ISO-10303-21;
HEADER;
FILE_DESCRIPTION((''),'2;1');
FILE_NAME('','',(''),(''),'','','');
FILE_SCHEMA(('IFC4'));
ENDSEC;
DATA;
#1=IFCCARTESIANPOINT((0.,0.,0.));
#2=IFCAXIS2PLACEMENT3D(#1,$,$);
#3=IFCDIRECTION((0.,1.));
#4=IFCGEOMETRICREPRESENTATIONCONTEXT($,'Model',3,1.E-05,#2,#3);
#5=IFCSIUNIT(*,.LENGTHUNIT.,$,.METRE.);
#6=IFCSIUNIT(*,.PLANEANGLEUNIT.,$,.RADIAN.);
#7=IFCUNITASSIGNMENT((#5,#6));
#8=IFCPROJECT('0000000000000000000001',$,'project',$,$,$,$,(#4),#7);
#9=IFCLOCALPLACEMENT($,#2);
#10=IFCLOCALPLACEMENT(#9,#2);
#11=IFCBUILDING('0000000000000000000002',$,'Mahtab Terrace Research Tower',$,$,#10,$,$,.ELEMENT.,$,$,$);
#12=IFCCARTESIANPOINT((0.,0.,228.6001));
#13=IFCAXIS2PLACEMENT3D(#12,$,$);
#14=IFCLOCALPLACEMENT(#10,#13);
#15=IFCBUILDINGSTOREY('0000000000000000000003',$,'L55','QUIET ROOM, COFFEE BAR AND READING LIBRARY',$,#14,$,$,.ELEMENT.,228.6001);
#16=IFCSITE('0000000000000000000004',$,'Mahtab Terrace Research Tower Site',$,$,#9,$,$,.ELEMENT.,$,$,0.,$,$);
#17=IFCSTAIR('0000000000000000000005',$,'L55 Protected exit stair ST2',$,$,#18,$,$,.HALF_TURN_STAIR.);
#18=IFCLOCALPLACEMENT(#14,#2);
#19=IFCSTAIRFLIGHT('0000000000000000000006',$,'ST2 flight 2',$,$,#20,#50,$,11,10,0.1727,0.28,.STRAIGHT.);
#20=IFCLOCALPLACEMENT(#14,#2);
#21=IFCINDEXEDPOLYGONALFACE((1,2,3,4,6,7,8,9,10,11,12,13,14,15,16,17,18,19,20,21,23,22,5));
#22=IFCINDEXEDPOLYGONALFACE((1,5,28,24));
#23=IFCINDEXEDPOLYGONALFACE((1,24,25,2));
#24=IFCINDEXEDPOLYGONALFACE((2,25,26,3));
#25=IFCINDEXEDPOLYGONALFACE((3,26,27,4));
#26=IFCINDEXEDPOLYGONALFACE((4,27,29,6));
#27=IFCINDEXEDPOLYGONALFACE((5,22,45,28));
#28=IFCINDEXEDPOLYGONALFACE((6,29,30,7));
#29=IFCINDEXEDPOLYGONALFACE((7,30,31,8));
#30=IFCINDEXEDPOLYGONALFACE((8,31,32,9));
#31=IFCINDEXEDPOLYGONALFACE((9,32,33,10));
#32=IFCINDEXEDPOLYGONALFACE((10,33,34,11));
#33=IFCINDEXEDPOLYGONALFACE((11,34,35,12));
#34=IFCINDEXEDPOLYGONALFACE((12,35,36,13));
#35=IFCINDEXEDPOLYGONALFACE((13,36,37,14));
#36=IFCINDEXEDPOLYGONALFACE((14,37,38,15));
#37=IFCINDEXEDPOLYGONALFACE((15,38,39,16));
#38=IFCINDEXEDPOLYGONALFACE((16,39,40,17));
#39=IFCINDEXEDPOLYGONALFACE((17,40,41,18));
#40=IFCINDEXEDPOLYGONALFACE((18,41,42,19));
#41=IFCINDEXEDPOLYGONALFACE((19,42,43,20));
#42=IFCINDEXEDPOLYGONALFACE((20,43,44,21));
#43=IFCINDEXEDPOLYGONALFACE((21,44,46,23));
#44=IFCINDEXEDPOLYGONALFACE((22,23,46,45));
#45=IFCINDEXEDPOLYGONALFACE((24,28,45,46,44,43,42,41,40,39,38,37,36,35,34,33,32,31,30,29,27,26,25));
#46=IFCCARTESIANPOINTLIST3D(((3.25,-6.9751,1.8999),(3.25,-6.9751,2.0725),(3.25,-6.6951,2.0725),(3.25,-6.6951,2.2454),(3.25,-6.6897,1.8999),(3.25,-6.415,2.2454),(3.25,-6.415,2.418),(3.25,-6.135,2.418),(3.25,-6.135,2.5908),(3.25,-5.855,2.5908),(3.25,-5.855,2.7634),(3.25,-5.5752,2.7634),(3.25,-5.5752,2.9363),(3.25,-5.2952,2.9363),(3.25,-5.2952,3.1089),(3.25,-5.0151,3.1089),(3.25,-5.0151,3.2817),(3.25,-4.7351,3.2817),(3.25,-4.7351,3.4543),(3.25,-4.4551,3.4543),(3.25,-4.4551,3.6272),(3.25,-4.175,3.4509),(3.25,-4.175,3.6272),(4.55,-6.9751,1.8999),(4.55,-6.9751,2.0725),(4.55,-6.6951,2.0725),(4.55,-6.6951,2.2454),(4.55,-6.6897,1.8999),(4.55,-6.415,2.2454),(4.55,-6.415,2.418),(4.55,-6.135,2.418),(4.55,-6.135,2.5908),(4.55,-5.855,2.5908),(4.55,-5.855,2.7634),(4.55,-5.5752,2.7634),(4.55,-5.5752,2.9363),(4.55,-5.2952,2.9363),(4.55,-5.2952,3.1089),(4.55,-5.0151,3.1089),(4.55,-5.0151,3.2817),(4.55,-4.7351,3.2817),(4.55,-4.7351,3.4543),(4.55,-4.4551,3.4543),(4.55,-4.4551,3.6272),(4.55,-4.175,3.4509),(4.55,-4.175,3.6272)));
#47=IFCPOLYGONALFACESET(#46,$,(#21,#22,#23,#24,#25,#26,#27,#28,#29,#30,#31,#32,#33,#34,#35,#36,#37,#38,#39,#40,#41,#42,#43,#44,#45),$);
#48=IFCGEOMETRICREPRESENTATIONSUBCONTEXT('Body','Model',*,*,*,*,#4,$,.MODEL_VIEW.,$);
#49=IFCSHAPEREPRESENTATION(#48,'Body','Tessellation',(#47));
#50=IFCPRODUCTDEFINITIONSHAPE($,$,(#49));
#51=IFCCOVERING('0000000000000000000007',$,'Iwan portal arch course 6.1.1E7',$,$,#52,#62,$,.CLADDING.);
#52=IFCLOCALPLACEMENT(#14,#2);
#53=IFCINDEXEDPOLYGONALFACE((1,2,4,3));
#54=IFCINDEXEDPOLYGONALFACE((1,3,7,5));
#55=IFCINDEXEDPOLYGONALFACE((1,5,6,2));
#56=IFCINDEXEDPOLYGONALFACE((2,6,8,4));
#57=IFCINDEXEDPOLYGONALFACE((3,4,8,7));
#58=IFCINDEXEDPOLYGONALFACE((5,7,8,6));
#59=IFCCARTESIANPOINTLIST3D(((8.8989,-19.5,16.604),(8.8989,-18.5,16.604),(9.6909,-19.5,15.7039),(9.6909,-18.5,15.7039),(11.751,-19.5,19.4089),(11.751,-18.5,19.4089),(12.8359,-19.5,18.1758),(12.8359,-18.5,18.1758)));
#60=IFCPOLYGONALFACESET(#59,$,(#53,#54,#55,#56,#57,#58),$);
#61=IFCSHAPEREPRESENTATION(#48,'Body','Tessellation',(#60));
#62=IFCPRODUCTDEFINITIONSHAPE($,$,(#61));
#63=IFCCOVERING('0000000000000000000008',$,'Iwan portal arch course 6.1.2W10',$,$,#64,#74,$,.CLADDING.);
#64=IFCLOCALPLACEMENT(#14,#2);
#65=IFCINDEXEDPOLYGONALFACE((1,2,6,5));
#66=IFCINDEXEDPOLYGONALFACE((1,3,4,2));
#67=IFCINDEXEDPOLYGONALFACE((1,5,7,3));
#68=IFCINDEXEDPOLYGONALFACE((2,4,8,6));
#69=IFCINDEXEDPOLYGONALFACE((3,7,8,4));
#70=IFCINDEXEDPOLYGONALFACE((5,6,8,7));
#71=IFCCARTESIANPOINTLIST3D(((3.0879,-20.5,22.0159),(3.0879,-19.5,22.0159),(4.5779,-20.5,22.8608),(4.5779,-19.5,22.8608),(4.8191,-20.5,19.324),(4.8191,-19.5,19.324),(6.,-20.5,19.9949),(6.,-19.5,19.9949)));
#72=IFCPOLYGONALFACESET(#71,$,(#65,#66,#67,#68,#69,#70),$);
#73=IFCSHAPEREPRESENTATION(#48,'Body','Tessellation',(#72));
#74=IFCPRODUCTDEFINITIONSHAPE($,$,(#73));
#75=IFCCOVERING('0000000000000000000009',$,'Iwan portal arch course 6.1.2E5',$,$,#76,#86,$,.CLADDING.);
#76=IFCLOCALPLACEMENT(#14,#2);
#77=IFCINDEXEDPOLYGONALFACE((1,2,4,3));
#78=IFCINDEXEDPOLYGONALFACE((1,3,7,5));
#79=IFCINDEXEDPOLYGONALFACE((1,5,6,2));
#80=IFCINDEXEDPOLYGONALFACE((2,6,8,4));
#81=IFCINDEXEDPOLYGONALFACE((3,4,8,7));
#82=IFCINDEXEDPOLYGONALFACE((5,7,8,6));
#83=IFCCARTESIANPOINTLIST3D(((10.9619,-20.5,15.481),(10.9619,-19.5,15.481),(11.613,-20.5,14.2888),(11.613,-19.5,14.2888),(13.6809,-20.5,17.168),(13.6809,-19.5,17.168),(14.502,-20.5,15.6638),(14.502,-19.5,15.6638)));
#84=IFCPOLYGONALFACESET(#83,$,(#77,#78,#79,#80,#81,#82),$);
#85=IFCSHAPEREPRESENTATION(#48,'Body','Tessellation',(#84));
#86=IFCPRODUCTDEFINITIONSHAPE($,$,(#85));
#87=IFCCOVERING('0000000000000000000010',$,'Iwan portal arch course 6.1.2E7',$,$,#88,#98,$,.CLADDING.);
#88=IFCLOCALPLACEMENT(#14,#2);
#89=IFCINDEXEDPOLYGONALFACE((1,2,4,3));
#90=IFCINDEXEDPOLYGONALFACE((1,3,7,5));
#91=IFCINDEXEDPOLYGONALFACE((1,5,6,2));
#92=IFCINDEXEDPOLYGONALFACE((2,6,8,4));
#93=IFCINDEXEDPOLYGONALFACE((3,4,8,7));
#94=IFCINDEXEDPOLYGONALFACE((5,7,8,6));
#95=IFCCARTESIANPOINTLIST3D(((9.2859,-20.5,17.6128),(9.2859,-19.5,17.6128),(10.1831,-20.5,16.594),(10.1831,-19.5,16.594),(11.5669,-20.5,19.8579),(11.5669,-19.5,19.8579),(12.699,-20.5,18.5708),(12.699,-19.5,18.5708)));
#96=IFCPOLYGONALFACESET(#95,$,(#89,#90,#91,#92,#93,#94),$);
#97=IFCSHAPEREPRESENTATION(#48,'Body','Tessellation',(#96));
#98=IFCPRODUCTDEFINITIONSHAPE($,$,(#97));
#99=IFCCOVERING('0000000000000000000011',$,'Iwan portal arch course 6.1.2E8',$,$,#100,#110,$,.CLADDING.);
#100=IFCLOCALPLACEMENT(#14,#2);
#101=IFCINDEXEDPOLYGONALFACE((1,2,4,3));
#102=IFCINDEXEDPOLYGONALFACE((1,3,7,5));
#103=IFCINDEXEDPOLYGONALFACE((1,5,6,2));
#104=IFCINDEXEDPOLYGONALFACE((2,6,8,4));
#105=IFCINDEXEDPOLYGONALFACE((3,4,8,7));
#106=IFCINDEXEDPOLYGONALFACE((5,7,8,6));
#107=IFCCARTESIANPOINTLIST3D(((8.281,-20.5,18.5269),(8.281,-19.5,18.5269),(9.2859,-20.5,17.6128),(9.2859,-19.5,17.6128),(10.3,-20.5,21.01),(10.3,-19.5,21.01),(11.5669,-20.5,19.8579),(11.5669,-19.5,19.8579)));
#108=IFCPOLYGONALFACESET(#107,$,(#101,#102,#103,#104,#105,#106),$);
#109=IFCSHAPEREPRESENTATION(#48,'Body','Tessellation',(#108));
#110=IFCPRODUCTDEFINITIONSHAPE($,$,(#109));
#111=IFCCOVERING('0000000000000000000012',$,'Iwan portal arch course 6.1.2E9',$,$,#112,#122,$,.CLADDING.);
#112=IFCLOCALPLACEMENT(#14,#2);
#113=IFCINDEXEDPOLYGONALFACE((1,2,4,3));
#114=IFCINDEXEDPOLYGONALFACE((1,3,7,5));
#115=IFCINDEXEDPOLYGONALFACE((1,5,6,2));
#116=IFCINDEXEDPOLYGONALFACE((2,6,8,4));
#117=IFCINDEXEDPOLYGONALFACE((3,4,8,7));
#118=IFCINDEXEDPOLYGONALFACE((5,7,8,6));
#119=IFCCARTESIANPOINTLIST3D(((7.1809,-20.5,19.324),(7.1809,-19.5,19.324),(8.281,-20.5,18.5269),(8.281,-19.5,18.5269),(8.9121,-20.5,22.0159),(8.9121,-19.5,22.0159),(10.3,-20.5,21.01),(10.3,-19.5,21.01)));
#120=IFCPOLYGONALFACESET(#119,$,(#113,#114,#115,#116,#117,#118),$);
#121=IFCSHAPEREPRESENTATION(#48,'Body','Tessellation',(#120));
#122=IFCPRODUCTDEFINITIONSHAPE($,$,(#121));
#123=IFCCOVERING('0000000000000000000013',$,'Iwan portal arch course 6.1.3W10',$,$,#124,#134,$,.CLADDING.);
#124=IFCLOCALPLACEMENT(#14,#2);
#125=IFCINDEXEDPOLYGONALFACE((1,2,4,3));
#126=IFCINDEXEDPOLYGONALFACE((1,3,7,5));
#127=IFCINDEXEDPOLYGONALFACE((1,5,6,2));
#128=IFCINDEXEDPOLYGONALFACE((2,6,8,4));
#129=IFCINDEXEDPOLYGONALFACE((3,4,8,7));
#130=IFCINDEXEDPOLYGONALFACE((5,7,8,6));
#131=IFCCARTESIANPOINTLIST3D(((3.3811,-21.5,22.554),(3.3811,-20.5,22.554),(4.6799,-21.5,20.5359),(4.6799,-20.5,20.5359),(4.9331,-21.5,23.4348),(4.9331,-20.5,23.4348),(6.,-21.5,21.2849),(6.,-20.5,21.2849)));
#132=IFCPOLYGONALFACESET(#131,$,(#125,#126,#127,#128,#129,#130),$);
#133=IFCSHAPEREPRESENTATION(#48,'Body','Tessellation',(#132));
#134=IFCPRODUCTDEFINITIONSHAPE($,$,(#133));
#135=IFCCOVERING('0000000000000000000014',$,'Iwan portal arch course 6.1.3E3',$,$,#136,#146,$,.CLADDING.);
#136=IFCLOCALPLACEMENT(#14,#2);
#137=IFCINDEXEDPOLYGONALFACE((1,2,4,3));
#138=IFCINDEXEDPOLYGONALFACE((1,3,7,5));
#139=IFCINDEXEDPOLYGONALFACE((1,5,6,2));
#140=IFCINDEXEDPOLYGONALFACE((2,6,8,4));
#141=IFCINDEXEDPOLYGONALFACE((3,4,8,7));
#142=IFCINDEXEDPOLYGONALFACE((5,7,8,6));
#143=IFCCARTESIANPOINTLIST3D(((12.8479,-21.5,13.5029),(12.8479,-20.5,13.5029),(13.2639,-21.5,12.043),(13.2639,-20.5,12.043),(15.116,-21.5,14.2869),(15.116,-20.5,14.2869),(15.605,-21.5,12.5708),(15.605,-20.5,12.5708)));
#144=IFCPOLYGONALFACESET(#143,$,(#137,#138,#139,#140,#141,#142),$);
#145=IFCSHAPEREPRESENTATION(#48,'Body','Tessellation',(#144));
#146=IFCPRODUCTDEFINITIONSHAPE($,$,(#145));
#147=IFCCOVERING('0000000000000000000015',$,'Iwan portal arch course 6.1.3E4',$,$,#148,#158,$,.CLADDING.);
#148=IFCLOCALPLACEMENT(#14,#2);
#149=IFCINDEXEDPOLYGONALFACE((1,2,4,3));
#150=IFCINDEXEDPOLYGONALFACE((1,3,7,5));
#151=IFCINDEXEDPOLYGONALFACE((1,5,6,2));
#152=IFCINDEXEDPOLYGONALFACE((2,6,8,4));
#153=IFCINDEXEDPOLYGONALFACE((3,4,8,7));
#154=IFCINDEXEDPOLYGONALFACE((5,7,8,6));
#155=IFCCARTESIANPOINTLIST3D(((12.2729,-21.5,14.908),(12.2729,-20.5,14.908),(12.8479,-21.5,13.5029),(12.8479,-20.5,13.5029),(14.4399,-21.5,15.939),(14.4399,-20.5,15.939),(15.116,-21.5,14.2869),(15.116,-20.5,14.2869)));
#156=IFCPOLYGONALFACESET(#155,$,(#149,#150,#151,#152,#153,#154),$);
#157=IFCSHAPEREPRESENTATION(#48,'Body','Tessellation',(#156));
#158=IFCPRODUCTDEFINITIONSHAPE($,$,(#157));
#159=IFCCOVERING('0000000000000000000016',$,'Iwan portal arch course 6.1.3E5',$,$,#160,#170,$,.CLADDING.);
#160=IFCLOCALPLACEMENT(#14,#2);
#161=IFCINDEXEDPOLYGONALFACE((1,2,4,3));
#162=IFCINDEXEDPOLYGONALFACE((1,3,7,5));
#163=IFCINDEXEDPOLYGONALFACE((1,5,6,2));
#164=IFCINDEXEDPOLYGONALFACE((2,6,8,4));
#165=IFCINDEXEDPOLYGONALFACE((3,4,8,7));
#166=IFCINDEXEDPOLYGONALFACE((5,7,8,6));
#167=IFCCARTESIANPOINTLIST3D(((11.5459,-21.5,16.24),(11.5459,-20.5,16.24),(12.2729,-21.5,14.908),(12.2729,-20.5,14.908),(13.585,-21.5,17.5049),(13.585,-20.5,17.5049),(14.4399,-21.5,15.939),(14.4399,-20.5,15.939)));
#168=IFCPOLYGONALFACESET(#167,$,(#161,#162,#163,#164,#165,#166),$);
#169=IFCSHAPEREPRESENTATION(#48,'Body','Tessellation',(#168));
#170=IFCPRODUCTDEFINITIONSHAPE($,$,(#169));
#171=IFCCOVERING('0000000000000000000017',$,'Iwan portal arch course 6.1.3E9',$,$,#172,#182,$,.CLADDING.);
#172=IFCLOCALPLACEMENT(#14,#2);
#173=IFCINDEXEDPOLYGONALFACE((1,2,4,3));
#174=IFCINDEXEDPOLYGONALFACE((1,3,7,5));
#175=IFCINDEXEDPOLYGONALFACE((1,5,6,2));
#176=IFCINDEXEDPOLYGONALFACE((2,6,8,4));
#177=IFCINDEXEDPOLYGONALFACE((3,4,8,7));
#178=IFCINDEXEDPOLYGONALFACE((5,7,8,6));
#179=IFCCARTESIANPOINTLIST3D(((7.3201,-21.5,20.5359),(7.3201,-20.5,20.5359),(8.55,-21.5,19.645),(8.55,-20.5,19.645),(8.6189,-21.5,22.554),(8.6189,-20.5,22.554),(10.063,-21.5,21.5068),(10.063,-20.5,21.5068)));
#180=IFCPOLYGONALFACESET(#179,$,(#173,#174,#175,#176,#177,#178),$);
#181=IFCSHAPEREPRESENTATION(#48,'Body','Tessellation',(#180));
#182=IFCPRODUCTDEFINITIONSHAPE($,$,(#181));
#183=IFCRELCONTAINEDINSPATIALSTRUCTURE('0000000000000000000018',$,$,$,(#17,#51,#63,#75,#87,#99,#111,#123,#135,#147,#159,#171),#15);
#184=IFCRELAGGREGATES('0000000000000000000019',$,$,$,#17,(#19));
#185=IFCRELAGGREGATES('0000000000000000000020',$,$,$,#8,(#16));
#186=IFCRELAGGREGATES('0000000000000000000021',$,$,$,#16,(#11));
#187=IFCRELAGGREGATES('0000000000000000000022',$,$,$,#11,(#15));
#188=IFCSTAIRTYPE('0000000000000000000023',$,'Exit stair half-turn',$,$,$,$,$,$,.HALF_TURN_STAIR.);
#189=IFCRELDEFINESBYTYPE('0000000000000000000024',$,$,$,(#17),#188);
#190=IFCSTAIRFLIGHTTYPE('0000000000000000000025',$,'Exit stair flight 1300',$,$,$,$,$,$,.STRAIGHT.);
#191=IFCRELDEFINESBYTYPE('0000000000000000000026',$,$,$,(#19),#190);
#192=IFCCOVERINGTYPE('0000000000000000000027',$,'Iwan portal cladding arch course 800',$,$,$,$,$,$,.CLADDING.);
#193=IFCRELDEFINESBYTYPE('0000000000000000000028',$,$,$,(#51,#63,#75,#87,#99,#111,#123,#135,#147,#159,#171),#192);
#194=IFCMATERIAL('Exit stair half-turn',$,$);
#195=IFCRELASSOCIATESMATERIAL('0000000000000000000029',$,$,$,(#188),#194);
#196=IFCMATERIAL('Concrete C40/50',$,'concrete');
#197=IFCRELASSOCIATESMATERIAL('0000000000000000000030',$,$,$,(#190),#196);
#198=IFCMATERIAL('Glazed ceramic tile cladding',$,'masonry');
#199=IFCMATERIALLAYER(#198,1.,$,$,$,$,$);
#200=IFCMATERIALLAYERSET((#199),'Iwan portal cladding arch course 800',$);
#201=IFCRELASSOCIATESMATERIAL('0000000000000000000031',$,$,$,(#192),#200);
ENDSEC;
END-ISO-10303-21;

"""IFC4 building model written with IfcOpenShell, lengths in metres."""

from ifc_helpers import new_model, si_unit, direction, frame, origin, place, context, subcontext, project, spatial, polyline, outline, extrude, material, layer, layer_set, type_object, element, aggregate, save


model = new_model("IFC4")

# Units and contexts
model_context = context("Model", 3, precision=1e-05, world=origin(), true_north=direction((0.0, 1.0)))
body_context = subcontext(model_context, "Body", "Model", "MODEL_VIEW")
ifc_project = project(units=[si_unit("LENGTHUNIT", "METRE"), si_unit("PLANEANGLEUNIT", "RADIAN")], contexts=[model_context])

# Site, building, storey
site_placement = place(None, origin())
site = spatial("IfcSite", under=ifc_project, at=site_placement, Name="Mahtab Terrace Research Tower Site", CompositionType="ELEMENT", RefElevation=0.0)
building_placement = place(site_placement, origin())
building = spatial("IfcBuilding", under=site, at=building_placement, Name="Mahtab Terrace Research Tower", CompositionType="ELEMENT")
storey_placement = place(building_placement, frame((0.0, 0.0, 228.6001)))
storey = spatial("IfcBuildingStorey", under=building, at=storey_placement, Name="L55", Description="QUIET ROOM, COFFEE BAR AND READING LIBRARY", CompositionType="ELEMENT", Elevation=228.6001)

# Stair, stair flight
ifc_material_1 = material(Name="Exit stair half-turn")
stair_type = type_object("IfcStairType", Name="Exit stair half-turn", PredefinedType="HALF_TURN_STAIR", material=ifc_material_1)
stair_placement = place(storey_placement, origin())
stair = element("IfcStair", 1, at=stair_placement, inside=storey, type_object=stair_type, Name="L55 Protected exit stair ST2", PredefinedType="HALF_TURN_STAIR")
ifc_material_2 = material(Name="Concrete C40/50", Category="concrete")
stair_flight_type = type_object("IfcStairFlightType", Name="Exit stair flight 1300", PredefinedType="STRAIGHT", material=ifc_material_2)
stair_flight_placement = place(storey_placement, frame((3.8999, -6.9751, 1.8999), z_axis=(0.0, 0.0, 1.0), x_axis=(0.0, 1.0, 0.0)))
stair_flight = element("IfcStairFlight", 2, at=stair_flight_placement, type_object=stair_flight_type, Name="ST2 flight 2", NumberOfRisers=11, NumberOfTreads=10, PredefinedType="STRAIGHT", RiserHeight=0.1727, TreadLength=0.28, context=body_context, shape_type="SweptSolid", body=[
    extrude(outline(polyline([(0.0, 0.0), (0.0, 0.1726), (0.28, 0.1726), (0.28, 0.3455), (0.5601, 0.3455), (0.5601, 0.5181), (0.8401, 0.5181), (0.8401, 0.6909), (1.1201, 0.6909), (1.1201, 0.8635), (1.3999, 0.8635), (1.3999, 1.0364), (1.6799, 1.0364), (1.6799, 1.209), (1.96, 1.209), (1.96, 1.3818), (2.24, 1.3818), (2.24, 1.5544), (2.52, 1.5544), (2.52, 1.7273), (2.8, 1.7273), (2.8, 1.8999), (2.8, 1.551), (0.2854, 0.0), (0.0, 0.0)])), frame((0.0, 0.6499, 0.0), z_axis=(0.0, -1.0, 0.0), x_axis=(1.0, 0.0, 0.0)), (0.0, 0.0, 1.0), 1.3),
])
aggregate(stair, [stair_flight])

# Coverings
ifc_material_3 = material(Name="Glazed ceramic tile cladding", Category="masonry")
ifc_layer = layer(ifc_material_3, 1.0)
ifc_layer_set = layer_set([ifc_layer], Name="Iwan portal cladding arch course 800")
covering_type = type_object("IfcCoveringType", Name="Iwan portal cladding arch course 800", PredefinedType="CLADDING", material=ifc_layer_set)
covering_1_placement = place(storey_placement, frame((9.6909, -18.5, 15.7039), z_axis=(0.0, 1.0, 0.0), x_axis=(-0.660564, 0.0, 0.75077)))
element("IfcCovering", 3, at=covering_1_placement, inside=storey, type_object=covering_type, Name="Iwan portal arch course 6.1.1E7", PredefinedType="CLADDING", context=body_context, shape_type="SweptSolid", body=[
    extrude(outline(polyline([(0.0, 0.0), (1.199, 0.0), (1.4209, 3.9941), (-0.2216, 3.994), (0.0, 0.0)])), origin(), (0.0, 0.0, -1.0), 1.0),
])
covering_2_placement = place(storey_placement, frame((3.0879, -19.5, 22.0159), z_axis=(0.0, 1.0, 0.0), x_axis=(0.869861, 0.0, 0.493297)))
element("IfcCovering", 4, at=covering_2_placement, inside=storey, type_object=covering_type, Name="Iwan portal arch course 6.1.2W10", PredefinedType="CLADDING", context=body_context, shape_type="SweptSolid", body=[
    extrude(outline(polyline([(0.0, 0.0), (1.7129, 0.0), (1.5362, 3.1945), (0.178, 3.1956), (0.0, 0.0)])), origin(), (0.0, 0.0, -1.0), 1.0),
])
covering_3_placement = place(storey_placement, frame((11.613, -19.5, 14.2888), z_axis=(0.0, 1.0, 0.0), x_axis=(-0.479343, 0.0, 0.877628)))
element("IfcCovering", 5, at=covering_3_placement, inside=storey, type_object=covering_type, Name="Iwan portal arch course 6.1.2E5", PredefinedType="CLADDING", context=body_context, shape_type="SweptSolid", body=[
    extrude(outline(polyline([(0.0, 0.0), (1.3584, 0.0), (1.5356, 3.1949), (-0.178, 3.1945), (0.0, 0.0)])), origin(), (0.0, 0.0, -1.0), 1.0),
])
covering_4_placement = place(storey_placement, frame((10.1831, -19.5, 16.594), z_axis=(0.0, 1.0, 0.0), x_axis=(-0.660908, 0.0, 0.750467)))
element("IfcCovering", 6, at=covering_4_placement, inside=storey, type_object=covering_type, Name="Iwan portal arch course 6.1.2E7", PredefinedType="CLADDING", context=body_context, shape_type="SweptSolid", body=[
    extrude(outline(polyline([(0.0, 0.0), (1.3576, 0.0), (1.5349, 3.1956), (-0.1792, 3.1946), (0.0, 0.0)])), origin(), (0.0, 0.0, -1.0), 1.0),
])
covering_5_placement = place(storey_placement, frame((9.2859, -19.5, 17.6128), z_axis=(0.0, 1.0, 0.0), x_axis=(-0.739745, 0.0, 0.672887)))
element("IfcCovering", 7, at=covering_5_placement, inside=storey, type_object=covering_type, Name="Iwan portal arch course 6.1.2E8", PredefinedType="CLADDING", context=body_context, shape_type="SweptSolid", body=[
    extrude(outline(polyline([(0.0, 0.0), (1.3584, 0.0), (1.5357, 3.1955), (-0.1767, 3.1957), (0.0, 0.0)])), origin(), (0.0, 0.0, -1.0), 1.0),
])
covering_6_placement = place(storey_placement, frame((8.281, -19.5, 18.5269), z_axis=(0.0, 1.0, 0.0), x_axis=(-0.809768, 0.0, 0.58675)))
element("IfcCovering", 8, at=covering_6_placement, inside=storey, type_object=covering_type, Name="Iwan portal arch course 6.1.2E9", PredefinedType="CLADDING", context=body_context, shape_type="SweptSolid", body=[
    extrude(outline(polyline([(0.0, 0.0), (1.3585, 0.0), (1.5361, 3.1956), (-0.178, 3.1955), (0.0, 0.0)])), origin(), (0.0, 0.0, -1.0), 1.0),
])
covering_7_placement = place(storey_placement, frame((3.3811, -20.5, 22.554), z_axis=(0.0, 1.0, 0.0), x_axis=(0.869688, 0.0, 0.493603)))
element("IfcCovering", 9, at=covering_7_placement, inside=storey, type_object=covering_type, Name="Iwan portal arch course 6.1.3W10", PredefinedType="CLADDING", context=body_context, shape_type="SweptSolid", body=[
    extrude(outline(polyline([(0.0, 0.0), (1.7846, 0.0), (1.6512, 2.3964), (0.1335, 2.3962), (0.0, 0.0)])), origin(), (0.0, 0.0, -1.0), 1.0),
])
covering_8_placement = place(storey_placement, frame((13.2639, -20.5, 12.043), z_axis=(0.0, 1.0, 0.0), x_axis=(-0.274041, 0.0, 0.961718)))
element("IfcCovering", 10, at=covering_8_placement, inside=storey, type_object=covering_type, Name="Iwan portal arch course 6.1.3E3", PredefinedType="CLADDING", context=body_context, shape_type="SweptSolid", body=[
    extrude(outline(polyline([(0.0, 0.0), (1.5181, 0.0), (1.6505, 2.3961), (-0.1339, 2.3961), (0.0, 0.0)])), origin(), (0.0, 0.0, -1.0), 1.0),
])
covering_9_placement = place(storey_placement, frame((12.8479, -20.5, 13.5029), z_axis=(0.0, 1.0, 0.0), x_axis=(-0.378727, 0.0, 0.925509)))
element("IfcCovering", 11, at=covering_9_placement, inside=storey, type_object=covering_type, Name="Iwan portal arch course 6.1.3E4", PredefinedType="CLADDING", context=body_context, shape_type="SweptSolid", body=[
    extrude(outline(polyline([(0.0, 0.0), (1.5181, 0.0), (1.6516, 2.396), (-0.1334, 2.396), (0.0, 0.0)])), origin(), (0.0, 0.0, -1.0), 1.0),
])
covering_10_placement = place(storey_placement, frame((12.2729, -20.5, 14.908), z_axis=(0.0, 1.0, 0.0), x_axis=(-0.4791, 0.0, 0.87776)))
element("IfcCovering", 12, at=covering_10_placement, inside=storey, type_object=covering_type, Name="Iwan portal arch course 6.1.3E5", PredefinedType="CLADDING", context=body_context, shape_type="SweptSolid", body=[
    extrude(outline(polyline([(0.0, 0.0), (1.5175, 0.0), (1.6509, 2.3958), (-0.1332, 2.3961), (0.0, 0.0)])), origin(), (0.0, 0.0, -1.0), 1.0),
])
covering_11_placement = place(storey_placement, frame((8.55, -20.5, 19.645), z_axis=(0.0, 1.0, 0.0), x_axis=(-0.809882, 0.0, 0.586593)))
element("IfcCovering", 13, at=covering_11_placement, inside=storey, type_object=covering_type, Name="Iwan portal arch course 6.1.3E9", PredefinedType="CLADDING", context=body_context, shape_type="SweptSolid", body=[
    extrude(outline(polyline([(0.0, 0.0), (1.5187, 0.0), (1.6506, 2.3963), (-0.1332, 2.3953), (0.0, 0.0)])), origin(), (0.0, 0.0, -1.0), 1.0),
])

save(model, "model.ifc")
